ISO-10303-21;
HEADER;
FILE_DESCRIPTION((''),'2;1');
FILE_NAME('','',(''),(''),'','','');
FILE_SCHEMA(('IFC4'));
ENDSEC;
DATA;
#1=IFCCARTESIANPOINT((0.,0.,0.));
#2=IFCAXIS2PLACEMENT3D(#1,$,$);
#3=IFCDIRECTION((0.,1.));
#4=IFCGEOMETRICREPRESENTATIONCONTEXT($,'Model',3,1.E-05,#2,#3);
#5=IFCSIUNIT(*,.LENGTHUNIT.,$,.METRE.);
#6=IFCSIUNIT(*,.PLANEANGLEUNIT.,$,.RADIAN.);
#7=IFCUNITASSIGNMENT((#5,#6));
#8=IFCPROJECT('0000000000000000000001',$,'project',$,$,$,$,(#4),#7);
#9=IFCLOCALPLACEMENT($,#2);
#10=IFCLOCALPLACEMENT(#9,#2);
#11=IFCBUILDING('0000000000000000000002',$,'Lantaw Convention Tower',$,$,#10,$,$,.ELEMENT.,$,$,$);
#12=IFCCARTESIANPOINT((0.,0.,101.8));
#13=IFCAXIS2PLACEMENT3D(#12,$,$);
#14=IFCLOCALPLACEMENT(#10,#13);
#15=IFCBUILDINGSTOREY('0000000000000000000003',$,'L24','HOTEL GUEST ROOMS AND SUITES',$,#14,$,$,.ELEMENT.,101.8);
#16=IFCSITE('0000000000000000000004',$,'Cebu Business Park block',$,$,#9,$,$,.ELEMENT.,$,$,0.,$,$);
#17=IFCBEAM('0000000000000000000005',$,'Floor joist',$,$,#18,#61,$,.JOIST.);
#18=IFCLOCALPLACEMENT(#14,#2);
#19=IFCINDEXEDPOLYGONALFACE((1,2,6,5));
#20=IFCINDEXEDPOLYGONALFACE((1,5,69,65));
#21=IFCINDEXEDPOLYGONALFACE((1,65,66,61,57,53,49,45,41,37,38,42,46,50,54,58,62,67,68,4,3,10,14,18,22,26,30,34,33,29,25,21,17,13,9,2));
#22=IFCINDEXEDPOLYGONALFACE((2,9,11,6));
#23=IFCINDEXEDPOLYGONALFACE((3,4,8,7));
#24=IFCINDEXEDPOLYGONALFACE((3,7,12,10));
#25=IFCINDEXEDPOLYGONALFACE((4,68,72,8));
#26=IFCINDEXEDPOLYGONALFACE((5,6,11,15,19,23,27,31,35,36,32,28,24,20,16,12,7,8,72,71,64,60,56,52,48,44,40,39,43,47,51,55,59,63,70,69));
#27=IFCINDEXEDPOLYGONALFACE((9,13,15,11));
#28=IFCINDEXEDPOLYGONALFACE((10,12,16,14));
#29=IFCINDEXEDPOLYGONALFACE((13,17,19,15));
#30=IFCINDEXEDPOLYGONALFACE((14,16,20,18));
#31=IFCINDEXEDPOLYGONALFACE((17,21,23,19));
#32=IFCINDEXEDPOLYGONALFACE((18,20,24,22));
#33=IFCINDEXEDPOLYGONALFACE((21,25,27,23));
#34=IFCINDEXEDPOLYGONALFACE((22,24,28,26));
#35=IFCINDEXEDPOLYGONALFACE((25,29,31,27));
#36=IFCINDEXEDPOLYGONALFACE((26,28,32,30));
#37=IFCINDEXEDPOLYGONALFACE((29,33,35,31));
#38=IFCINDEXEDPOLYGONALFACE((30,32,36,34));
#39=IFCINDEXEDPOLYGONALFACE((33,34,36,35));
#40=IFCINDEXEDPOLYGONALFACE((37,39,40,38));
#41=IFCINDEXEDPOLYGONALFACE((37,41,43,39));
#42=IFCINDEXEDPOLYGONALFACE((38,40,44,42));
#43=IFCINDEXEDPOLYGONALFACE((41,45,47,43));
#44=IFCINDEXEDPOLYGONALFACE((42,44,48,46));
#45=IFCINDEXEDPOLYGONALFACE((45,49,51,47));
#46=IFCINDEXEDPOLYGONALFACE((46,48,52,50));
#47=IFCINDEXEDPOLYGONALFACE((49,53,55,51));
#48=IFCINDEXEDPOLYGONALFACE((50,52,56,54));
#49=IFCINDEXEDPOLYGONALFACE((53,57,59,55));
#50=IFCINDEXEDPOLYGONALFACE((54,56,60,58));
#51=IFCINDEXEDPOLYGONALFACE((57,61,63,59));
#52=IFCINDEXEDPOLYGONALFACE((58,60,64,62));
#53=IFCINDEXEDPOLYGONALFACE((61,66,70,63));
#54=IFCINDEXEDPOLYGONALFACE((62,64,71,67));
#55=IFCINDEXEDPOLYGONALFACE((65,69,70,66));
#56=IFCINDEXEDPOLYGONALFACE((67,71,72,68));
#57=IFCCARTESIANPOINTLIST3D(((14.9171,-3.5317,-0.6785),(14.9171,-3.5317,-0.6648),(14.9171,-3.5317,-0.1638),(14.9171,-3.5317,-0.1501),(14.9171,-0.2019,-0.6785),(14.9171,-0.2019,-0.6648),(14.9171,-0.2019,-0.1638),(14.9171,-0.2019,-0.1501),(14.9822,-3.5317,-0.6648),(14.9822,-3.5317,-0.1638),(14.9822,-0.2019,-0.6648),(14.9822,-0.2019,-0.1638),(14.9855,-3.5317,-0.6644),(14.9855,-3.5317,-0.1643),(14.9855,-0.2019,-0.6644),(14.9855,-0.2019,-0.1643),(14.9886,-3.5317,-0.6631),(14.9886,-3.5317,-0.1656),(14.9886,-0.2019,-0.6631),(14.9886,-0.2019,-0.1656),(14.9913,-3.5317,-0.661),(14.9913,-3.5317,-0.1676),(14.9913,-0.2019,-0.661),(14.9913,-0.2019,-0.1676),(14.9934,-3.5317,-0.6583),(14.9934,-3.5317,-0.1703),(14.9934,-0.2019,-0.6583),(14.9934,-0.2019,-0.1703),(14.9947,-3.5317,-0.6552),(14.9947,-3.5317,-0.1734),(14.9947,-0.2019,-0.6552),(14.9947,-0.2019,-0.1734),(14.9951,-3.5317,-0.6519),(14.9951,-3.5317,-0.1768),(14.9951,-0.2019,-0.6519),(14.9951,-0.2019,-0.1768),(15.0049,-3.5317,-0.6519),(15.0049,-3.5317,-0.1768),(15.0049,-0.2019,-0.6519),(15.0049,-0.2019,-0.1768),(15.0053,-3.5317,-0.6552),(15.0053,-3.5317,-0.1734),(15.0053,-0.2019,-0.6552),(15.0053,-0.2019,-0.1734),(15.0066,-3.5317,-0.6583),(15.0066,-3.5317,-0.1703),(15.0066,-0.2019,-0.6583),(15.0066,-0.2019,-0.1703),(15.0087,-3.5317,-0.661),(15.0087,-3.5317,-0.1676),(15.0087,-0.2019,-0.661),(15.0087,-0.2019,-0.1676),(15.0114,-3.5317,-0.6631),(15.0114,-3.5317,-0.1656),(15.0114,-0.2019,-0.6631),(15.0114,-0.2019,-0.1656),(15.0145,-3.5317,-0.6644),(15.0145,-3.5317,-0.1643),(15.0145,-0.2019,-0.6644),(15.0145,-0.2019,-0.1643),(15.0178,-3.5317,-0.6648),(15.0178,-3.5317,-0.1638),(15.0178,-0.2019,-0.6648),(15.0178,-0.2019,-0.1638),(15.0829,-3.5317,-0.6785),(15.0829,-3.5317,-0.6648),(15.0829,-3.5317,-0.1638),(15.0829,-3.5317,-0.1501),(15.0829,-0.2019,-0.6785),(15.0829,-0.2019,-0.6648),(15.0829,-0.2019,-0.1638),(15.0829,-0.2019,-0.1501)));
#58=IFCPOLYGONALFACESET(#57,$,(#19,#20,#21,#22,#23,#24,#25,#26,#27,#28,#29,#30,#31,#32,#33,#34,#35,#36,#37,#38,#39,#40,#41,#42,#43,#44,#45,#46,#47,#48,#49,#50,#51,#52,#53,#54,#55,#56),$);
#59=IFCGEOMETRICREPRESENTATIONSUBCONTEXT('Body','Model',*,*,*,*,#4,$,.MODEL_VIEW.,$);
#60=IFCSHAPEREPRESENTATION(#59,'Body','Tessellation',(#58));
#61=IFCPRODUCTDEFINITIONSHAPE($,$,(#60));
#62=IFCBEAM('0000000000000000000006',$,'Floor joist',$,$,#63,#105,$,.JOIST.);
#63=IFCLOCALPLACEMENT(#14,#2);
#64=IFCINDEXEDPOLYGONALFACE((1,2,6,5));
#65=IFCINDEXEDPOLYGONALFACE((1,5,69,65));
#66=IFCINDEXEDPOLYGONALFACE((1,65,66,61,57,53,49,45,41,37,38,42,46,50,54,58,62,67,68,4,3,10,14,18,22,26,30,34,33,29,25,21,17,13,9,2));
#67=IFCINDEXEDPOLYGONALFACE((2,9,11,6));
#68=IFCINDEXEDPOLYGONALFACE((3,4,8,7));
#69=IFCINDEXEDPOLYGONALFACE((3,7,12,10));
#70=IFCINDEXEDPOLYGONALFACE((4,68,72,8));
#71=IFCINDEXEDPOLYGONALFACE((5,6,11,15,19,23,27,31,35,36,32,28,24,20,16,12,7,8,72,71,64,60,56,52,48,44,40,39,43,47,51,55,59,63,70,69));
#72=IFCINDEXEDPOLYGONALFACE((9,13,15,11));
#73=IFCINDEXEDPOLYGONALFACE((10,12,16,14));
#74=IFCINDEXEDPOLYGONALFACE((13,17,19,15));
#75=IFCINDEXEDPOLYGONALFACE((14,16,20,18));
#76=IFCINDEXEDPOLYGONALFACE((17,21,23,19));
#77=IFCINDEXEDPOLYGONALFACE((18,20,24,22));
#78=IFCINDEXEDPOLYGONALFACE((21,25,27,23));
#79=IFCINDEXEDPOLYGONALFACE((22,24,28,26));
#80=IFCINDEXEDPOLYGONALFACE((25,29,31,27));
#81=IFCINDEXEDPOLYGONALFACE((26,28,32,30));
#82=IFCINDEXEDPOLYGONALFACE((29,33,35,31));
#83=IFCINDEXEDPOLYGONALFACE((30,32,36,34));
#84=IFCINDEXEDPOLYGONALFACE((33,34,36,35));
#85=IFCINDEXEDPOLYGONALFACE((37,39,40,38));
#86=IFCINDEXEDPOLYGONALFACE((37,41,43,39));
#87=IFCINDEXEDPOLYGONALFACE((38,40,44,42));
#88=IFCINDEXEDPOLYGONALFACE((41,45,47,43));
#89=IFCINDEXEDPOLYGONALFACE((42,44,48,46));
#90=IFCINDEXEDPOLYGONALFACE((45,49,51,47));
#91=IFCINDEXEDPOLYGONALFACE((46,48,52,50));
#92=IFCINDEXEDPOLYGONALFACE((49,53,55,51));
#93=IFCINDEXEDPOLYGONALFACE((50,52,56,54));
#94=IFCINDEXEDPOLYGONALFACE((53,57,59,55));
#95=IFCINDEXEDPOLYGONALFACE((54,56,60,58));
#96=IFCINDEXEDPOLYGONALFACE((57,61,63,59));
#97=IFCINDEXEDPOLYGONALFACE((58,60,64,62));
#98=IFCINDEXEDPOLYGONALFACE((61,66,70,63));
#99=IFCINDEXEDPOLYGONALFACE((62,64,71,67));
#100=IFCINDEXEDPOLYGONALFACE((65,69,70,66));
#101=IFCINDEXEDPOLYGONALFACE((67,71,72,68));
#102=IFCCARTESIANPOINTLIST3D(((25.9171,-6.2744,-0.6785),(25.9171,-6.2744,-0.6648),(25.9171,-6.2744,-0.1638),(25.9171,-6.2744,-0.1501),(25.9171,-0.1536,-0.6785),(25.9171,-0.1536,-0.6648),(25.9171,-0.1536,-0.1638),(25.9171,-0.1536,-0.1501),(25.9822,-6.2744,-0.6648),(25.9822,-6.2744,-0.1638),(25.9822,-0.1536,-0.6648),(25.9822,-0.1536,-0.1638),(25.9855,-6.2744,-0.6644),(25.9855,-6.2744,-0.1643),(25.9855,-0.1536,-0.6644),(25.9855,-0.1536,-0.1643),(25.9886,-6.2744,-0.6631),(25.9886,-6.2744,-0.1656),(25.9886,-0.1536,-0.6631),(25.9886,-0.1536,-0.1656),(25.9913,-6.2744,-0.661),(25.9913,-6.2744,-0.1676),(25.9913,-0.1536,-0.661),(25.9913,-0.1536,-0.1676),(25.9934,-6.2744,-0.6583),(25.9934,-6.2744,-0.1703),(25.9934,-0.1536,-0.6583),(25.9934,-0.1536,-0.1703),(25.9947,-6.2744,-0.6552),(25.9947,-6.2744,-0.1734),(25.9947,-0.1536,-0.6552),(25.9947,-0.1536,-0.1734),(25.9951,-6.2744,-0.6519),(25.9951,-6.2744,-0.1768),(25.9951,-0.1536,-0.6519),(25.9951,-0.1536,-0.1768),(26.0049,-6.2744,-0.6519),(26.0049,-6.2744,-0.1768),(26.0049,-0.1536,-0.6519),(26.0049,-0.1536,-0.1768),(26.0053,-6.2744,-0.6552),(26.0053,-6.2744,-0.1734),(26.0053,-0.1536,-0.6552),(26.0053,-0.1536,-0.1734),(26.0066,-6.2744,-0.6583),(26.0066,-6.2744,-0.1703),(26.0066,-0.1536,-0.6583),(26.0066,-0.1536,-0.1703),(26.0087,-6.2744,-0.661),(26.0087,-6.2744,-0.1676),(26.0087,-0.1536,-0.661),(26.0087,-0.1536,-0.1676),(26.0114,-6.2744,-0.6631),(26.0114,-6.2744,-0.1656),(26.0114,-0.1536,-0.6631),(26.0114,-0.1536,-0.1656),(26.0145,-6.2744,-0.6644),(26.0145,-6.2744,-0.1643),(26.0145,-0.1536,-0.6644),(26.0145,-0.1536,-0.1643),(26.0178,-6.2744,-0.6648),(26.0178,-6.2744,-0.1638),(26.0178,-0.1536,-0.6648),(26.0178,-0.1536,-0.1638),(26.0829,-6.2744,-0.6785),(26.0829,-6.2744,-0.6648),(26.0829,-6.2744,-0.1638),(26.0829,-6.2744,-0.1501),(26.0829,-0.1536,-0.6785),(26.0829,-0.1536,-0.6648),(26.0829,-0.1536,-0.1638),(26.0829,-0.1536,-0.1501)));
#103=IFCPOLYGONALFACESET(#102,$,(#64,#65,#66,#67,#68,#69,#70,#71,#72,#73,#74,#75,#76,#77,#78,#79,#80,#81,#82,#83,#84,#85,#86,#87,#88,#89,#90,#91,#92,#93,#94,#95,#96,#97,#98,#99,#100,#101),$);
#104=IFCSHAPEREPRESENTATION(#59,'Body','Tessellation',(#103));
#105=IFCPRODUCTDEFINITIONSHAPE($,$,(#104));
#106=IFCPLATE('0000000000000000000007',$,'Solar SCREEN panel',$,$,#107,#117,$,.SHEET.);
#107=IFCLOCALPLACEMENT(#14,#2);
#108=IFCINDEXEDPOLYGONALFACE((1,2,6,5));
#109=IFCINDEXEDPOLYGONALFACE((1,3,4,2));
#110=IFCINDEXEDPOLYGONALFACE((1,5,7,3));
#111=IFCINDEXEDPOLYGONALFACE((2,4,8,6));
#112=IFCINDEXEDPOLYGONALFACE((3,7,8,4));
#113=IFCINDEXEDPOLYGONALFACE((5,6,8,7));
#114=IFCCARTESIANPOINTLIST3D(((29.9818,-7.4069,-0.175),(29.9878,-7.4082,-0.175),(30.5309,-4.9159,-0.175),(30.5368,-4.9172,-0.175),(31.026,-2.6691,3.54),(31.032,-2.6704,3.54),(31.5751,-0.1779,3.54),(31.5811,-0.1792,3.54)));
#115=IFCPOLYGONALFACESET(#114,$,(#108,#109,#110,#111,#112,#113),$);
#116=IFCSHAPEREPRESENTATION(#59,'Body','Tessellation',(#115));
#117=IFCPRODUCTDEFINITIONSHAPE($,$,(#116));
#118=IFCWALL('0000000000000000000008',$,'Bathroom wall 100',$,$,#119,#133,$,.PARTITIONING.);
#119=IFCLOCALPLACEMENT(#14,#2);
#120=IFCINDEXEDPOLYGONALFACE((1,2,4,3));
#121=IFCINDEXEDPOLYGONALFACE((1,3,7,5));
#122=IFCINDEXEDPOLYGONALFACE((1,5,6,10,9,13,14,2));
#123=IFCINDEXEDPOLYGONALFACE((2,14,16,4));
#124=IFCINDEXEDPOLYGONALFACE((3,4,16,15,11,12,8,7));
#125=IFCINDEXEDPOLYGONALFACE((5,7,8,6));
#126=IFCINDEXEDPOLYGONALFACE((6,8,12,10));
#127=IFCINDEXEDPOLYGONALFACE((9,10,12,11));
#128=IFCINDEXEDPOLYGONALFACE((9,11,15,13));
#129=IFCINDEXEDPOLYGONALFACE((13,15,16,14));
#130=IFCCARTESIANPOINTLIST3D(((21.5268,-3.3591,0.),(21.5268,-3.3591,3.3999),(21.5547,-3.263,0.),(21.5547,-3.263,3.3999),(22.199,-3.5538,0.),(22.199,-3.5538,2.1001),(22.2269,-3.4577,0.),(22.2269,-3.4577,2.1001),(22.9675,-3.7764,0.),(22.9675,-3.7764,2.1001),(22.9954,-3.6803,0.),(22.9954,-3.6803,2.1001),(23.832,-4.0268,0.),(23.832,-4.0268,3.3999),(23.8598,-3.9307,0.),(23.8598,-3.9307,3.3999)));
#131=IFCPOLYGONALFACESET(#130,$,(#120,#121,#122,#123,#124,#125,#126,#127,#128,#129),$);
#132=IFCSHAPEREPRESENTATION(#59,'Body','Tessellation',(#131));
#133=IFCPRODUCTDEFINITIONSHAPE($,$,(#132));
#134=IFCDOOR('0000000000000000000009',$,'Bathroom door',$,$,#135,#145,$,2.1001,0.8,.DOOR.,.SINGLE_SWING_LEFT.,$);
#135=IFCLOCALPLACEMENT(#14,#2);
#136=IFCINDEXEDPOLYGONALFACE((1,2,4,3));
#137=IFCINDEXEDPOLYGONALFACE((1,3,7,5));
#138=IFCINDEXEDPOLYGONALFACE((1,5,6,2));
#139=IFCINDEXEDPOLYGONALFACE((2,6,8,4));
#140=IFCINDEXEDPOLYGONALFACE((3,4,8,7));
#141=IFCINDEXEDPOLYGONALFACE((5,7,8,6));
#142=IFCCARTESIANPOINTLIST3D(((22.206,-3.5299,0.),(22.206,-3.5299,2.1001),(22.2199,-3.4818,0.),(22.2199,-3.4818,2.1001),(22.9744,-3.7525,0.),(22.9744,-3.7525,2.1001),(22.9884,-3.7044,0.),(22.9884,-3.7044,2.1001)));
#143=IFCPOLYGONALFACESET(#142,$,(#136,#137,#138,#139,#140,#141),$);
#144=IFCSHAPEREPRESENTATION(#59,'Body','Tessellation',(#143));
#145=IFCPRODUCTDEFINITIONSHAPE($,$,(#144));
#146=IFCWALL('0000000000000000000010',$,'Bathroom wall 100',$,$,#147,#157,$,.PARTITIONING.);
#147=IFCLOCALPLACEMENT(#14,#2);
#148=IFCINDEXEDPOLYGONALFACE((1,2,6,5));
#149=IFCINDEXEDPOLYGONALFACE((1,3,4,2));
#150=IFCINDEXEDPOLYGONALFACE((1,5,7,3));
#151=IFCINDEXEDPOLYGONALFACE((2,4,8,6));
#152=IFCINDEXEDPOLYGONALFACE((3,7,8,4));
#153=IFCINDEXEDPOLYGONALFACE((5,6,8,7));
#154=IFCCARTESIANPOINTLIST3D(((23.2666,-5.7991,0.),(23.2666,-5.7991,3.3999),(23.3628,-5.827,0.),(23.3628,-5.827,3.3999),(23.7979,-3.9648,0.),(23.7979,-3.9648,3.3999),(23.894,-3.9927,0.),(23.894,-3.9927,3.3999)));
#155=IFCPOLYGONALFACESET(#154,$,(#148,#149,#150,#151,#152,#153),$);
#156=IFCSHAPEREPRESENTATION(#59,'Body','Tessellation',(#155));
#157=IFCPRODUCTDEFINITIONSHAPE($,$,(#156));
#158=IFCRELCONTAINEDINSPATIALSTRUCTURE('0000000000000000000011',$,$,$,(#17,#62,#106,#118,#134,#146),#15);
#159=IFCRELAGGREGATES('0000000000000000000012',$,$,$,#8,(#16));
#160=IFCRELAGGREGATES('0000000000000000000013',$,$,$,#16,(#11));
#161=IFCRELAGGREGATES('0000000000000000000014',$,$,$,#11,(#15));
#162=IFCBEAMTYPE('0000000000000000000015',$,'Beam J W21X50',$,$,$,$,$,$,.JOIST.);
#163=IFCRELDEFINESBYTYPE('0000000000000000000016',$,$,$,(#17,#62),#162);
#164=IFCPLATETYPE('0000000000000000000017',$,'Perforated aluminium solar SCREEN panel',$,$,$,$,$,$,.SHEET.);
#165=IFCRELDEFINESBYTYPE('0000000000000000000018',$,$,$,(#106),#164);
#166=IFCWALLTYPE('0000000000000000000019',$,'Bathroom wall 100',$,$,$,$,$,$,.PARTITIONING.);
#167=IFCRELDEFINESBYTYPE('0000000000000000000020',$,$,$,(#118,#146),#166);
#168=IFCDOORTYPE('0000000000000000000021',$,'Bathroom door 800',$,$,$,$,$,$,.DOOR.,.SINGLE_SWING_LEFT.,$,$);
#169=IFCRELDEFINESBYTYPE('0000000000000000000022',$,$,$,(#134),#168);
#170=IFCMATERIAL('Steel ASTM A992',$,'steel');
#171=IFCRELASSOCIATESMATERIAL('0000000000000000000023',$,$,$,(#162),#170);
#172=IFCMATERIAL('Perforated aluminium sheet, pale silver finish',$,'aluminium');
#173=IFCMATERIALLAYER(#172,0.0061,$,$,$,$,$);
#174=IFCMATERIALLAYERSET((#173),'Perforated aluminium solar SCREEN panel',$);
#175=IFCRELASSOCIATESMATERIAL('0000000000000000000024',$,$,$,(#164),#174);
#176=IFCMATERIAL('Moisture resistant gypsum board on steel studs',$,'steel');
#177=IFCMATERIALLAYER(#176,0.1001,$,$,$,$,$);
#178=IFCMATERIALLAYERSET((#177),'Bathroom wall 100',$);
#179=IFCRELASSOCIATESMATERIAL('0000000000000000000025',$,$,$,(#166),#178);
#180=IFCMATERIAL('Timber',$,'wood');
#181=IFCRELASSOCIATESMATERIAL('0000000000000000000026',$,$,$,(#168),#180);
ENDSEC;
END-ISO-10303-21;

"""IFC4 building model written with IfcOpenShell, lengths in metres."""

from ifc_helpers import new_model, si_unit, direction, frame, frame_2d, origin, origin_2d, place, context, subcontext, project, spatial, polyline, rectangle, i_section, outline, extrude, material, layer, layer_set, material_profile, profile_set, type_object, element, fill, save


model = new_model("IFC4")

# Units and contexts
model_context = context("Model", 3, precision=1e-05, world=origin(), true_north=direction((0.0, 1.0)))
body_context = subcontext(model_context, "Body", "Model", "MODEL_VIEW")
ifc_project = project(units=[si_unit("LENGTHUNIT", "METRE"), si_unit("PLANEANGLEUNIT", "RADIAN")], contexts=[model_context])

# Site, building, storey
site_placement = place(None, origin())
site = spatial("IfcSite", under=ifc_project, at=site_placement, Name="Cebu Business Park block", CompositionType="ELEMENT", RefElevation=0.0)
building_placement = place(site_placement, origin())
building = spatial("IfcBuilding", under=site, at=building_placement, Name="Lantaw Convention Tower", CompositionType="ELEMENT")
storey_placement = place(building_placement, frame((0.0, 0.0, 101.8)))
storey = spatial("IfcBuildingStorey", under=building, at=storey_placement, Name="L24", Description="HOTEL GUEST ROOMS AND SUITES", CompositionType="ELEMENT", Elevation=101.8)

# Beams
ifc_material_1 = material(Name="Steel ASTM A992", Category="steel")
ifc_material_profile_1 = material_profile(ifc_material_1, i_section(OverallWidth=0.1658, OverallDepth=0.5283, WebThickness=0.0098, FlangeThickness=0.0137, FilletRadius=0.0129, at=origin_2d()), Name="W21X50")
ifc_profile_set_1 = profile_set([ifc_material_profile_1], Name="Steel ASTM A992")
beam_type_1 = type_object("IfcBeamType", Name="Beam J W21X50", PredefinedType="JOIST", material=ifc_profile_set_1)
beam_1_placement = place(storey_placement, frame((15.0, -3.5317, -0.4143), z_axis=(0.0, 1.0, 0.0), x_axis=(-1.0, 0.0, 0.0)))
element("IfcBeam", 1, at=beam_1_placement, inside=storey, type_object=beam_type_1, Name="Floor joist", PredefinedType="JOIST", context=body_context, shape_type="SweptSolid", body=[
    extrude(i_section(OverallWidth=0.1658, OverallDepth=0.5283, WebThickness=0.0098, FlangeThickness=0.0137, FilletRadius=0.0129, at=origin_2d()), origin(), (0.0, 0.0, 1.0), 3.3298),
])
beam_2_placement = place(storey_placement, frame((26.0, -6.2744, -0.4143), z_axis=(0.0, 1.0, 0.0), x_axis=(-1.0, 0.0, 0.0)))
element("IfcBeam", 2, at=beam_2_placement, inside=storey, type_object=beam_type_1, Name="Floor joist", PredefinedType="JOIST", context=body_context, shape_type="SweptSolid", body=[
    extrude(i_section(OverallWidth=0.1658, OverallDepth=0.5283, WebThickness=0.0098, FlangeThickness=0.0137, FilletRadius=0.0129, at=origin_2d()), origin(), (0.0, 0.0, 1.0), 6.1208),
])

# Plate
ifc_material_2 = material(Name="Perforated aluminium sheet, pale silver finish", Category="aluminium")
ifc_layer_1 = layer(ifc_material_2, 0.0061)
ifc_layer_set_1 = layer_set([ifc_layer_1], Name="Perforated aluminium solar SCREEN panel")
plate_type = type_object("IfcPlateType", Name="Perforated aluminium solar SCREEN panel", PredefinedType="SHEET", material=ifc_layer_set_1)
plate_placement = place(storey_placement, frame((29.9878, -7.4082, -0.175), z_axis=(0.976559, -0.215248, 0.00003), x_axis=(0.215248, 0.976559, 0.0)))
element("IfcPlate", 3, at=plate_placement, inside=storey, type_object=plate_type, Name="Solar SCREEN panel", PredefinedType="SHEET", context=body_context, shape_type="SweptSolid", body=[
    extrude(outline(polyline([(0.0, 0.0), (2.5508, 0.0), (7.4025, 3.7151), (4.8515, 3.7151), (0.0, 0.0)])), origin(), (0.0, 0.0, -1.0), 0.0061),
])

# Wall, opening, door
ifc_material_3 = material(Name="Moisture resistant gypsum board on steel studs", Category="steel")
ifc_layer_2 = layer(ifc_material_3, 0.1001)
ifc_layer_set_2 = layer_set([ifc_layer_2], Name="Bathroom wall 100")
wall_type_1 = type_object("IfcWallType", Name="Bathroom wall 100", PredefinedType="PARTITIONING", material=ifc_layer_set_2)
wall_1_placement = place(storey_placement, frame((21.5408, -3.311, 0.0), z_axis=(0.0, 0.0, 1.0), x_axis=(0.960516, -0.278226, 0.0)))
wall_1 = element("IfcWall", 4, at=wall_1_placement, inside=storey, type_object=wall_type_1, Name="Bathroom wall 100", PredefinedType="PARTITIONING", context=body_context, shape_type="SweptSolid", body=[
    extrude(rectangle(XDim=2.3999, YDim=0.1001, at=frame_2d((1.2, 0.0))), origin(), (0.0, 0.0, 1.0), 3.3999),
])
opening_1_placement = place(wall_1_placement, frame((0.7, 0.0, 0.0)))
opening_1 = element("IfcOpeningElement", 5, at=opening_1_placement, cuts=wall_1, PredefinedType="OPENING", context=body_context, shape_type="SweptSolid", body=[
    extrude(rectangle(XDim=0.8, YDim=2.1001, at=frame_2d((0.3999, 1.05))), frame((0.0, 0.0601, 0.0), z_axis=(0.0, -1.0, 0.0), x_axis=(1.0, 0.0, 0.0)), (0.0, 0.0, 1.0), 0.1201),
])
ifc_material_4 = material(Name="Timber", Category="wood")
door_type_1 = type_object("IfcDoorType", Name="Bathroom door 800", OperationType="SINGLE_SWING_LEFT", PredefinedType="DOOR", material=ifc_material_4)
door_1_placement = place(opening_1_placement, origin())
door_1 = element("IfcDoor", 6, at=door_1_placement, inside=storey, type_object=door_type_1, Name="Bathroom door", OperationType="SINGLE_SWING_LEFT", OverallHeight=2.1001, OverallWidth=0.8, PredefinedType="DOOR", context=body_context, shape_type="SweptSolid", body=[
    extrude(rectangle(XDim=0.8, YDim=2.1001, at=frame_2d((0.3999, 1.05))), frame((0.0, 0.0249, 0.0), z_axis=(0.0, -1.0, 0.0), x_axis=(1.0, 0.0, 0.0)), (0.0, 0.0, 1.0), 0.05),
])
fill(opening_1, door_1)

# Wall
wall_2_placement = place(storey_placement, frame((23.8459, -3.9788, 0.0), z_axis=(0.0, 0.0, 1.0), x_axis=(-0.278198, -0.960524, 0.0)))
element("IfcWall", 7, at=wall_2_placement, inside=storey, type_object=wall_type_1, Name="Bathroom wall 100", PredefinedType="PARTITIONING", context=body_context, shape_type="SweptSolid", body=[
    extrude(rectangle(XDim=1.9097, YDim=0.1001, at=frame_2d((0.9548, 0.0))), origin(), (0.0, 0.0, 1.0), 3.3999),
])

save(model, "model.ifc")
